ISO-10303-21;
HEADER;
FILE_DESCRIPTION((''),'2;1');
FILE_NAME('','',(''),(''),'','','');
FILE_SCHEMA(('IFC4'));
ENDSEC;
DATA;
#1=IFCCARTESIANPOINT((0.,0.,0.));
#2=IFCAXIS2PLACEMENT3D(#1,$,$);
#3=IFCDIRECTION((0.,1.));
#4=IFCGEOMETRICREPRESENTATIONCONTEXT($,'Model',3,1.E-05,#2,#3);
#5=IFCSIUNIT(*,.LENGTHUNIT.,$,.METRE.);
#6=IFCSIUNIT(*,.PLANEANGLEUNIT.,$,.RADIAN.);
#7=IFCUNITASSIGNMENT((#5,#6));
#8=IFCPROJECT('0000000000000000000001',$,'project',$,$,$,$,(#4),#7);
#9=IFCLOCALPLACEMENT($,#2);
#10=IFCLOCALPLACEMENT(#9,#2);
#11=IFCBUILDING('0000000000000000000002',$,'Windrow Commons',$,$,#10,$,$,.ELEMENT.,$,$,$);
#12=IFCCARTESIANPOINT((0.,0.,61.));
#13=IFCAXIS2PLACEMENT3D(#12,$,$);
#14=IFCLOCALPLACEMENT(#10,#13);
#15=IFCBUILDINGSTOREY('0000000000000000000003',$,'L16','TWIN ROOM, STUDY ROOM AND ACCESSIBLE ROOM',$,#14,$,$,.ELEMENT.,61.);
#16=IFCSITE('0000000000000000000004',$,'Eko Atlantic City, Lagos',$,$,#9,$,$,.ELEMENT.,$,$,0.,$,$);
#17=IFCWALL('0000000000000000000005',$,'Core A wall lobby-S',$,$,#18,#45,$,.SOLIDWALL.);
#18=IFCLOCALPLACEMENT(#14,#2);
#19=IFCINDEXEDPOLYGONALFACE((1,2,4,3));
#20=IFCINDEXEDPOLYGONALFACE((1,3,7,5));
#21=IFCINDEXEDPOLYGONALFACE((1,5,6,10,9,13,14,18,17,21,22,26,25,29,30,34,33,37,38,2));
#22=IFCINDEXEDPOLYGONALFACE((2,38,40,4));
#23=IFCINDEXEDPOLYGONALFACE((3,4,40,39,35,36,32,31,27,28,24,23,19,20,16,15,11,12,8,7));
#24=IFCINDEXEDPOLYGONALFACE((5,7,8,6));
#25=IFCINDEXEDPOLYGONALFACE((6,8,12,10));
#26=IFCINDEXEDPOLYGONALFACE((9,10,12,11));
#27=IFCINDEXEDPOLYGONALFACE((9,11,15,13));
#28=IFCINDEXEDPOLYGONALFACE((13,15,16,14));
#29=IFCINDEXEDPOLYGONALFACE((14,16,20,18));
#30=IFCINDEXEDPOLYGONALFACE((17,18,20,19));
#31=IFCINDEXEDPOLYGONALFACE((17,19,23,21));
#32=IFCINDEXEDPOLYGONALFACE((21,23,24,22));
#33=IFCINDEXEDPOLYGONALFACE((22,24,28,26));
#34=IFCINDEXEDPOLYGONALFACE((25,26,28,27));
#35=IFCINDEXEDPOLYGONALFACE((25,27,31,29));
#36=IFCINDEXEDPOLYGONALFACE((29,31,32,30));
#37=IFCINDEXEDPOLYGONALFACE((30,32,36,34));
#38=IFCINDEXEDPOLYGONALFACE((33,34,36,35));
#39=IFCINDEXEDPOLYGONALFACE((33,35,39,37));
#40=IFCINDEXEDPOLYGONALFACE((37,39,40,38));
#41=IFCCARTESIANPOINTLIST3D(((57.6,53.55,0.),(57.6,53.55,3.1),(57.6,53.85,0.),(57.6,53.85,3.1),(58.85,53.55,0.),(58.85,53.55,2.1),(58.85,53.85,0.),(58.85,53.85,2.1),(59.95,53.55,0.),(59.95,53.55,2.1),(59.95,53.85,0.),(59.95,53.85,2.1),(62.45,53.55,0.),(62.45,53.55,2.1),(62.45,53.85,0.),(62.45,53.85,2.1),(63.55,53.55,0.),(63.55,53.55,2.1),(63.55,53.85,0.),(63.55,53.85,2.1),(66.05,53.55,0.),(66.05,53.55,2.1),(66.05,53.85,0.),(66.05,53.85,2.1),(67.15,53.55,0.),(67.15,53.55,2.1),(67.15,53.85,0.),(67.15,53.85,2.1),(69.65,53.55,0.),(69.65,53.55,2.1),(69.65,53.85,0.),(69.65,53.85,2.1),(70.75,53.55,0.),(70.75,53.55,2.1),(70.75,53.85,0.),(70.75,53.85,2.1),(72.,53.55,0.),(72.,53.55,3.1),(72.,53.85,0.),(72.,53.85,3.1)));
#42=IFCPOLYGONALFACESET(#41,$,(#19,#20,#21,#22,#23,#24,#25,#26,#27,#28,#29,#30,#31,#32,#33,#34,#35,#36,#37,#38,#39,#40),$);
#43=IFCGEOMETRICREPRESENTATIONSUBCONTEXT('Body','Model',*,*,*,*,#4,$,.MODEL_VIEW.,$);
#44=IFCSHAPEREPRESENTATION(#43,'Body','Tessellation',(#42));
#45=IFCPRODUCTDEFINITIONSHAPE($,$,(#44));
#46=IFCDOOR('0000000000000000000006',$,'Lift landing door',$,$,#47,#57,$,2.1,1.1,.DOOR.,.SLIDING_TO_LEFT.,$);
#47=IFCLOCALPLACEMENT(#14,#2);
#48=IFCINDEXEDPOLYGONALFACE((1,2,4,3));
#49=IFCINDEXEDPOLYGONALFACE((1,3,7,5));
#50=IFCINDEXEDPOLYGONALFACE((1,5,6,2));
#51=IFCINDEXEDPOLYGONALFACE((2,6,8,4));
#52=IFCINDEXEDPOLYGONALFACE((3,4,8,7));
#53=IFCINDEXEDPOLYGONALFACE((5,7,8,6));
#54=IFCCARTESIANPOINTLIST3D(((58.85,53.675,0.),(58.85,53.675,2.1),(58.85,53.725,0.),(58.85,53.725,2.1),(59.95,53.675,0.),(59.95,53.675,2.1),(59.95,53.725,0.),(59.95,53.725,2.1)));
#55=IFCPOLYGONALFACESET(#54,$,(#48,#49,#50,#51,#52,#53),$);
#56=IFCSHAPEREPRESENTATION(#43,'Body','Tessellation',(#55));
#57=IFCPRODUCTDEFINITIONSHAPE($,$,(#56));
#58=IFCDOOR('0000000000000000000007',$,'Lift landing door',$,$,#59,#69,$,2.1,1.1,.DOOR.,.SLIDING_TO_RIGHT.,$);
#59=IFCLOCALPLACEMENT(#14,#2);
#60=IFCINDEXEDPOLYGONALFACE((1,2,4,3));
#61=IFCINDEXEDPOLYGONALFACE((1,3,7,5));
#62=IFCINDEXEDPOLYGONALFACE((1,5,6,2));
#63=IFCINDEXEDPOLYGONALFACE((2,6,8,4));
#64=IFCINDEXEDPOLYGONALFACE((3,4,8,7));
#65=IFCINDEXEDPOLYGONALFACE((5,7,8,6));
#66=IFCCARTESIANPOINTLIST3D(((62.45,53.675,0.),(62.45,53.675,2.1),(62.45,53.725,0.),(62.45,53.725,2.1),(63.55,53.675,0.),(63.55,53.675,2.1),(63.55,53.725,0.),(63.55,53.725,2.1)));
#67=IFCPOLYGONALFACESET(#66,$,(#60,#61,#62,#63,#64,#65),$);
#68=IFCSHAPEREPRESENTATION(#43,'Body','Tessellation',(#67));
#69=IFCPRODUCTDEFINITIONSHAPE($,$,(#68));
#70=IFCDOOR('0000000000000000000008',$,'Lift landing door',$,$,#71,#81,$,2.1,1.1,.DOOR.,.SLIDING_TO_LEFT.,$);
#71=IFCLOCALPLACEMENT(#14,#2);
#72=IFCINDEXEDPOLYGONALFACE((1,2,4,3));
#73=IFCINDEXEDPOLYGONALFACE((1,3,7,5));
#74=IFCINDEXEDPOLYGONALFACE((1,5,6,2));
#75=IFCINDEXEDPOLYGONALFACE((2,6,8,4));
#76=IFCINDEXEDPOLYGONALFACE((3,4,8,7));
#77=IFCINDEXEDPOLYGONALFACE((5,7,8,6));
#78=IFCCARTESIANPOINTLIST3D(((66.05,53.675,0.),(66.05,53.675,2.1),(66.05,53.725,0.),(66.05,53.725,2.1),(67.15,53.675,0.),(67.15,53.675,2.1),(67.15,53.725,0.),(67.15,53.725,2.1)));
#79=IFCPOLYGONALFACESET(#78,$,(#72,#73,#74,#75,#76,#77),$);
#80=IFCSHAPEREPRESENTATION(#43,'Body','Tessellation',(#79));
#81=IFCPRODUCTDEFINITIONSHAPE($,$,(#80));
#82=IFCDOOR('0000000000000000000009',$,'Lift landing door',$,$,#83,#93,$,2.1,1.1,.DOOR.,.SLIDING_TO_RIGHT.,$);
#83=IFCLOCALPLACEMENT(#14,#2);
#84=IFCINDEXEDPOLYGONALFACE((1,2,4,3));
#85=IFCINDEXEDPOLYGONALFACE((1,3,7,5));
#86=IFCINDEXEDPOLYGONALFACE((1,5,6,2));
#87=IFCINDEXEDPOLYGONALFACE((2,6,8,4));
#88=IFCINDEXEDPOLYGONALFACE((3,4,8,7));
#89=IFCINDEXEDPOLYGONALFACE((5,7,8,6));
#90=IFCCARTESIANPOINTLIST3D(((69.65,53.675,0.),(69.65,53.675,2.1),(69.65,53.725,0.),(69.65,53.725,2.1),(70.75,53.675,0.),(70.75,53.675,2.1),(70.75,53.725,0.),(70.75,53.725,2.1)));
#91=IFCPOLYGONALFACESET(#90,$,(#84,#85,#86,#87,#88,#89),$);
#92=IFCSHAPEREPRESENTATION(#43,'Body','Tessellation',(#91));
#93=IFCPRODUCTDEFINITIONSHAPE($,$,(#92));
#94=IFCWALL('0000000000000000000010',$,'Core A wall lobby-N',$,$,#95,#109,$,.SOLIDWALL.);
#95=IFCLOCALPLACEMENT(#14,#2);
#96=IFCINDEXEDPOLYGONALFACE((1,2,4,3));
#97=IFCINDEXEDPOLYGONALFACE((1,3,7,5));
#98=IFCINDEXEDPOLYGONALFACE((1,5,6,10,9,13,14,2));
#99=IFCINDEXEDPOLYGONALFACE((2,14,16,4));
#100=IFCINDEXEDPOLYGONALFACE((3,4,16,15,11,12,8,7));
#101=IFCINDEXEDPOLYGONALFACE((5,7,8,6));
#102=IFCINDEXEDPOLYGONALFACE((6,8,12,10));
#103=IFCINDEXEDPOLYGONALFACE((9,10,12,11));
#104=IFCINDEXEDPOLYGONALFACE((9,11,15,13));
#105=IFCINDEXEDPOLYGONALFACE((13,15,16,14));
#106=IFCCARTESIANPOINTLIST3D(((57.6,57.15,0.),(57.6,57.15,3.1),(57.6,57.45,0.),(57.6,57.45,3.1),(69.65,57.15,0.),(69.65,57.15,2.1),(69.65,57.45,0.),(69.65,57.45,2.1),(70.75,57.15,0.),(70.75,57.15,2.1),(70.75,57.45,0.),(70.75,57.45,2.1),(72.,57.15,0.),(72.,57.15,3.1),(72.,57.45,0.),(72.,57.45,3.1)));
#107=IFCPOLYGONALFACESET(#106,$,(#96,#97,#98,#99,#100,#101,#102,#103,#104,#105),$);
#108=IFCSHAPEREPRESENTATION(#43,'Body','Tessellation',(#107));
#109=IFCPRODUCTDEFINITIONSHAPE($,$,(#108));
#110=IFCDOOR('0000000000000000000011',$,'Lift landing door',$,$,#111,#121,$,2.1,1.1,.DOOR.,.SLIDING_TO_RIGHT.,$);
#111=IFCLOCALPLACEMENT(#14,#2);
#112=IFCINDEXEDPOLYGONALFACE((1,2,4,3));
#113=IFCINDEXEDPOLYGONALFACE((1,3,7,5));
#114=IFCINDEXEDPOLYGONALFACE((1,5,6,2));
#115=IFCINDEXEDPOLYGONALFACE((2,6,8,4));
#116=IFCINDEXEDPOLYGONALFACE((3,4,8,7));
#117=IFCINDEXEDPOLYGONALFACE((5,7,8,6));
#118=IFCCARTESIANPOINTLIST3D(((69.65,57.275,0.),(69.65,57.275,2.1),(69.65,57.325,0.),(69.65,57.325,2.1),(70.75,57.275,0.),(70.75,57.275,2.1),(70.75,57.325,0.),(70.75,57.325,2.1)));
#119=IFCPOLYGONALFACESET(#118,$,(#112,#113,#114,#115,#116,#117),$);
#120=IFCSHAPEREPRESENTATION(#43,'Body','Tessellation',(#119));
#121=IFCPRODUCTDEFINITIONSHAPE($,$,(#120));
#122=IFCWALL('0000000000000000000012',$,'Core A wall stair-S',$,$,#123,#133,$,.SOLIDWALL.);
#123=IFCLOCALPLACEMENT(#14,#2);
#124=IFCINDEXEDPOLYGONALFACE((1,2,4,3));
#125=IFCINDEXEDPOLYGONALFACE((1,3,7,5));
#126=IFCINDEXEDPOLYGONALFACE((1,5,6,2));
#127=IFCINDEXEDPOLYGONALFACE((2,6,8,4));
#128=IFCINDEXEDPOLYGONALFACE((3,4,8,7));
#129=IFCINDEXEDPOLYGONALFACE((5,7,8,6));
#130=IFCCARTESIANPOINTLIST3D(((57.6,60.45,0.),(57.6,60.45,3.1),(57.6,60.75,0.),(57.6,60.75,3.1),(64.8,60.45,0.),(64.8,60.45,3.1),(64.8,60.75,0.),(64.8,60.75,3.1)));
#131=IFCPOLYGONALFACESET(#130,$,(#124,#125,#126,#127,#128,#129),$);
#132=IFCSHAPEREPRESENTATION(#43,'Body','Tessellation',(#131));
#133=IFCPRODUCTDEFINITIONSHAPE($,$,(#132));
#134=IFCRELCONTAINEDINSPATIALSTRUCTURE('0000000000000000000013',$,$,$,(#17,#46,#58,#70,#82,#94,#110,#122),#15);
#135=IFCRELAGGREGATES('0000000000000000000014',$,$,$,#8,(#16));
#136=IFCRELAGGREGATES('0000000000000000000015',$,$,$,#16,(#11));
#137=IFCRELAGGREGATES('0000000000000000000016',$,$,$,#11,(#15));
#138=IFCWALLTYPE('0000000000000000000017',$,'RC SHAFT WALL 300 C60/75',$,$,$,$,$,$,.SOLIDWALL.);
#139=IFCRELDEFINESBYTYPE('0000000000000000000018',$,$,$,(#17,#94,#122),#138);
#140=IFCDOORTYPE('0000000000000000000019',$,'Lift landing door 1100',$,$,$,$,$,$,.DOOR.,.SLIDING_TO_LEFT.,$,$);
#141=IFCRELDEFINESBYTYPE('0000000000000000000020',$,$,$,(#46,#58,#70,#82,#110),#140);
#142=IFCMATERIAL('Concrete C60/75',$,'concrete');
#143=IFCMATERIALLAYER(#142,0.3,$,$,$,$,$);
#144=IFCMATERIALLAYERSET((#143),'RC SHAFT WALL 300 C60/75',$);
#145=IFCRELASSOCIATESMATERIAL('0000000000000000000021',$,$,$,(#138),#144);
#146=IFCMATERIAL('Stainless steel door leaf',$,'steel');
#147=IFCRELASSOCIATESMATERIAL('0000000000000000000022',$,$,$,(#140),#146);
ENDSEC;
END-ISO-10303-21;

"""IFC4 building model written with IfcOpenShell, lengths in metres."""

from ifc_helpers import new_model, si_unit, direction, frame, frame_2d, origin, place, context, subcontext, project, spatial, rectangle, extrude, material, layer, layer_set, type_object, element, fill, save


model = new_model("IFC4")

# Units and contexts
model_context = context("Model", 3, precision=1e-05, world=origin(), true_north=direction((0.0, 1.0)))
body_context = subcontext(model_context, "Body", "Model", "MODEL_VIEW")
ifc_project = project(units=[si_unit("LENGTHUNIT", "METRE"), si_unit("PLANEANGLEUNIT", "RADIAN")], contexts=[model_context])

# Site, building, storey
site_placement = place(None, origin())
site = spatial("IfcSite", under=ifc_project, at=site_placement, Name="Eko Atlantic City, Lagos", CompositionType="ELEMENT", RefElevation=0.0)
building_placement = place(site_placement, origin())
building = spatial("IfcBuilding", under=site, at=building_placement, Name="Windrow Commons", CompositionType="ELEMENT")
storey_placement = place(building_placement, frame((0.0, 0.0, 61.0)))
storey = spatial("IfcBuildingStorey", under=building, at=storey_placement, Name="L16", Description="TWIN ROOM, STUDY ROOM AND ACCESSIBLE ROOM", CompositionType="ELEMENT", Elevation=61.0)

# Shared definitions
ifc_material_1 = material(Name="Concrete C60/75", Category="concrete")
ifc_layer_1 = layer(ifc_material_1, 0.3)
ifc_layer_set_1 = layer_set([ifc_layer_1], Name="RC SHAFT WALL 300 C60/75")
wall_type_1 = type_object("IfcWallType", Name="RC SHAFT WALL 300 C60/75", PredefinedType="SOLIDWALL", material=ifc_layer_set_1)

# Wall, openings, doors
wall_1_placement = place(storey_placement, frame((57.6, 53.7, 0.0), z_axis=(0.0, 0.0, 1.0), x_axis=(1.0, 0.0, 0.0)))
wall_1 = element("IfcWall", 1, at=wall_1_placement, inside=storey, type_object=wall_type_1, Name="Core A wall lobby-S", PredefinedType="SOLIDWALL", context=body_context, shape_type="SweptSolid", body=[
    extrude(rectangle(XDim=14.4, YDim=0.3, at=frame_2d((7.2, 0.0))), origin(), (0.0, 0.0, 1.0), 3.1),
])
opening_1_placement = place(wall_1_placement, frame((1.25, 0.0, 0.0)))
opening_1 = element("IfcOpeningElement", 2, at=opening_1_placement, cuts=wall_1, PredefinedType="OPENING", context=body_context, shape_type="SweptSolid", body=[
    extrude(rectangle(XDim=1.1, YDim=2.1, at=frame_2d((0.55, 1.05))), frame((0.0, 0.16, 0.0), z_axis=(0.0, -1.0, 0.0), x_axis=(1.0, 0.0, 0.0)), (0.0, 0.0, 1.0), 0.32),
])
opening_2_placement = place(wall_1_placement, frame((4.85, 0.0, 0.0)))
opening_2 = element("IfcOpeningElement", 3, at=opening_2_placement, cuts=wall_1, PredefinedType="OPENING", context=body_context, shape_type="SweptSolid", body=[
    extrude(rectangle(XDim=1.1, YDim=2.1, at=frame_2d((0.55, 1.05))), frame((0.0, 0.16, 0.0), z_axis=(0.0, -1.0, 0.0), x_axis=(1.0, 0.0, 0.0)), (0.0, 0.0, 1.0), 0.32),
])
opening_3_placement = place(wall_1_placement, frame((8.45, 0.0, 0.0)))
opening_3 = element("IfcOpeningElement", 4, at=opening_3_placement, cuts=wall_1, PredefinedType="OPENING", context=body_context, shape_type="SweptSolid", body=[
    extrude(rectangle(XDim=1.1, YDim=2.1, at=frame_2d((0.55, 1.05))), frame((0.0, 0.16, 0.0), z_axis=(0.0, -1.0, 0.0), x_axis=(1.0, 0.0, 0.0)), (0.0, 0.0, 1.0), 0.32),
])
opening_4_placement = place(wall_1_placement, frame((12.05, 0.0, 0.0)))
opening_4 = element("IfcOpeningElement", 5, at=opening_4_placement, cuts=wall_1, PredefinedType="OPENING", context=body_context, shape_type="SweptSolid", body=[
    extrude(rectangle(XDim=1.1, YDim=2.1, at=frame_2d((0.55, 1.05))), frame((0.0, 0.16, 0.0), z_axis=(0.0, -1.0, 0.0), x_axis=(1.0, 0.0, 0.0)), (0.0, 0.0, 1.0), 0.32),
])
ifc_material_2 = material(Name="Stainless steel door leaf", Category="steel")
door_type_1 = type_object("IfcDoorType", Name="Lift landing door 1100", OperationType="SLIDING_TO_LEFT", PredefinedType="DOOR", material=ifc_material_2)
door_1_placement = place(opening_1_placement, origin())
door_1 = element("IfcDoor", 6, at=door_1_placement, inside=storey, type_object=door_type_1, Name="Lift landing door", OperationType="SLIDING_TO_LEFT", OverallHeight=2.1, OverallWidth=1.1, PredefinedType="DOOR", context=body_context, shape_type="SweptSolid", body=[
    extrude(rectangle(XDim=1.1, YDim=2.1, at=frame_2d((0.55, 1.05))), frame((0.0, 0.025, 0.0), z_axis=(0.0, -1.0, 0.0), x_axis=(1.0, 0.0, 0.0)), (0.0, 0.0, 1.0), 0.05),
])
fill(opening_1, door_1)
door_2_placement = place(opening_2_placement, origin())
door_2 = element("IfcDoor", 7, at=door_2_placement, inside=storey, type_object=door_type_1, Name="Lift landing door", OperationType="SLIDING_TO_RIGHT", OverallHeight=2.1, OverallWidth=1.1, PredefinedType="DOOR", context=body_context, shape_type="SweptSolid", body=[
    extrude(rectangle(XDim=1.1, YDim=2.1, at=frame_2d((0.55, 1.05))), frame((0.0, 0.025, 0.0), z_axis=(0.0, -1.0, 0.0), x_axis=(1.0, 0.0, 0.0)), (0.0, 0.0, 1.0), 0.05),
])
fill(opening_2, door_2)
door_3_placement = place(opening_3_placement, origin())
door_3 = element("IfcDoor", 8, at=door_3_placement, inside=storey, type_object=door_type_1, Name="Lift landing door", OperationType="SLIDING_TO_LEFT", OverallHeight=2.1, OverallWidth=1.1, PredefinedType="DOOR", context=body_context, shape_type="SweptSolid", body=[
    extrude(rectangle(XDim=1.1, YDim=2.1, at=frame_2d((0.55, 1.05))), frame((0.0, 0.025, 0.0), z_axis=(0.0, -1.0, 0.0), x_axis=(1.0, 0.0, 0.0)), (0.0, 0.0, 1.0), 0.05),
])
fill(opening_3, door_3)
door_4_placement = place(opening_4_placement, origin())
door_4 = element("IfcDoor", 9, at=door_4_placement, inside=storey, type_object=door_type_1, Name="Lift landing door", OperationType="SLIDING_TO_RIGHT", OverallHeight=2.1, OverallWidth=1.1, PredefinedType="DOOR", context=body_context, shape_type="SweptSolid", body=[
    extrude(rectangle(XDim=1.1, YDim=2.1, at=frame_2d((0.55, 1.05))), frame((0.0, 0.025, 0.0), z_axis=(0.0, -1.0, 0.0), x_axis=(1.0, 0.0, 0.0)), (0.0, 0.0, 1.0), 0.05),
])
fill(opening_4, door_4)

# Wall, opening, door
wall_2_placement = place(storey_placement, frame((57.6, 57.3, 0.0), z_axis=(0.0, 0.0, 1.0), x_axis=(1.0, 0.0, 0.0)))
wall_2 = element("IfcWall", 10, at=wall_2_placement, inside=storey, type_object=wall_type_1, Name="Core A wall lobby-N", PredefinedType="SOLIDWALL", context=body_context, shape_type="SweptSolid", body=[
    extrude(rectangle(XDim=14.4, YDim=0.3, at=frame_2d((7.2, 0.0))), origin(), (0.0, 0.0, 1.0), 3.1),
])
opening_5_placement = place(wall_2_placement, frame((12.05, 0.0, 0.0)))
opening_5 = element("IfcOpeningElement", 11, at=opening_5_placement, cuts=wall_2, PredefinedType="OPENING", context=body_context, shape_type="SweptSolid", body=[
    extrude(rectangle(XDim=1.1, YDim=2.1, at=frame_2d((0.55, 1.05))), frame((0.0, 0.16, 0.0), z_axis=(0.0, -1.0, 0.0), x_axis=(1.0, 0.0, 0.0)), (0.0, 0.0, 1.0), 0.32),
])
door_5_placement = place(opening_5_placement, origin())
door_5 = element("IfcDoor", 12, at=door_5_placement, inside=storey, type_object=door_type_1, Name="Lift landing door", OperationType="SLIDING_TO_RIGHT", OverallHeight=2.1, OverallWidth=1.1, PredefinedType="DOOR", context=body_context, shape_type="SweptSolid", body=[
    extrude(rectangle(XDim=1.1, YDim=2.1, at=frame_2d((0.55, 1.05))), frame((0.0, 0.025, 0.0), z_axis=(0.0, -1.0, 0.0), x_axis=(1.0, 0.0, 0.0)), (0.0, 0.0, 1.0), 0.05),
])
fill(opening_5, door_5)

# Wall
wall_3_placement = place(storey_placement, frame((57.6, 60.6, 0.0), z_axis=(0.0, 0.0, 1.0), x_axis=(1.0, 0.0, 0.0)))
element("IfcWall", 13, at=wall_3_placement, inside=storey, type_object=wall_type_1, Name="Core A wall stair-S", PredefinedType="SOLIDWALL", context=body_context, shape_type="SweptSolid", body=[
    extrude(rectangle(XDim=7.2, YDim=0.3, at=frame_2d((3.6, 0.0))), origin(), (0.0, 0.0, 1.0), 3.1),
])

save(model, "model.ifc")
